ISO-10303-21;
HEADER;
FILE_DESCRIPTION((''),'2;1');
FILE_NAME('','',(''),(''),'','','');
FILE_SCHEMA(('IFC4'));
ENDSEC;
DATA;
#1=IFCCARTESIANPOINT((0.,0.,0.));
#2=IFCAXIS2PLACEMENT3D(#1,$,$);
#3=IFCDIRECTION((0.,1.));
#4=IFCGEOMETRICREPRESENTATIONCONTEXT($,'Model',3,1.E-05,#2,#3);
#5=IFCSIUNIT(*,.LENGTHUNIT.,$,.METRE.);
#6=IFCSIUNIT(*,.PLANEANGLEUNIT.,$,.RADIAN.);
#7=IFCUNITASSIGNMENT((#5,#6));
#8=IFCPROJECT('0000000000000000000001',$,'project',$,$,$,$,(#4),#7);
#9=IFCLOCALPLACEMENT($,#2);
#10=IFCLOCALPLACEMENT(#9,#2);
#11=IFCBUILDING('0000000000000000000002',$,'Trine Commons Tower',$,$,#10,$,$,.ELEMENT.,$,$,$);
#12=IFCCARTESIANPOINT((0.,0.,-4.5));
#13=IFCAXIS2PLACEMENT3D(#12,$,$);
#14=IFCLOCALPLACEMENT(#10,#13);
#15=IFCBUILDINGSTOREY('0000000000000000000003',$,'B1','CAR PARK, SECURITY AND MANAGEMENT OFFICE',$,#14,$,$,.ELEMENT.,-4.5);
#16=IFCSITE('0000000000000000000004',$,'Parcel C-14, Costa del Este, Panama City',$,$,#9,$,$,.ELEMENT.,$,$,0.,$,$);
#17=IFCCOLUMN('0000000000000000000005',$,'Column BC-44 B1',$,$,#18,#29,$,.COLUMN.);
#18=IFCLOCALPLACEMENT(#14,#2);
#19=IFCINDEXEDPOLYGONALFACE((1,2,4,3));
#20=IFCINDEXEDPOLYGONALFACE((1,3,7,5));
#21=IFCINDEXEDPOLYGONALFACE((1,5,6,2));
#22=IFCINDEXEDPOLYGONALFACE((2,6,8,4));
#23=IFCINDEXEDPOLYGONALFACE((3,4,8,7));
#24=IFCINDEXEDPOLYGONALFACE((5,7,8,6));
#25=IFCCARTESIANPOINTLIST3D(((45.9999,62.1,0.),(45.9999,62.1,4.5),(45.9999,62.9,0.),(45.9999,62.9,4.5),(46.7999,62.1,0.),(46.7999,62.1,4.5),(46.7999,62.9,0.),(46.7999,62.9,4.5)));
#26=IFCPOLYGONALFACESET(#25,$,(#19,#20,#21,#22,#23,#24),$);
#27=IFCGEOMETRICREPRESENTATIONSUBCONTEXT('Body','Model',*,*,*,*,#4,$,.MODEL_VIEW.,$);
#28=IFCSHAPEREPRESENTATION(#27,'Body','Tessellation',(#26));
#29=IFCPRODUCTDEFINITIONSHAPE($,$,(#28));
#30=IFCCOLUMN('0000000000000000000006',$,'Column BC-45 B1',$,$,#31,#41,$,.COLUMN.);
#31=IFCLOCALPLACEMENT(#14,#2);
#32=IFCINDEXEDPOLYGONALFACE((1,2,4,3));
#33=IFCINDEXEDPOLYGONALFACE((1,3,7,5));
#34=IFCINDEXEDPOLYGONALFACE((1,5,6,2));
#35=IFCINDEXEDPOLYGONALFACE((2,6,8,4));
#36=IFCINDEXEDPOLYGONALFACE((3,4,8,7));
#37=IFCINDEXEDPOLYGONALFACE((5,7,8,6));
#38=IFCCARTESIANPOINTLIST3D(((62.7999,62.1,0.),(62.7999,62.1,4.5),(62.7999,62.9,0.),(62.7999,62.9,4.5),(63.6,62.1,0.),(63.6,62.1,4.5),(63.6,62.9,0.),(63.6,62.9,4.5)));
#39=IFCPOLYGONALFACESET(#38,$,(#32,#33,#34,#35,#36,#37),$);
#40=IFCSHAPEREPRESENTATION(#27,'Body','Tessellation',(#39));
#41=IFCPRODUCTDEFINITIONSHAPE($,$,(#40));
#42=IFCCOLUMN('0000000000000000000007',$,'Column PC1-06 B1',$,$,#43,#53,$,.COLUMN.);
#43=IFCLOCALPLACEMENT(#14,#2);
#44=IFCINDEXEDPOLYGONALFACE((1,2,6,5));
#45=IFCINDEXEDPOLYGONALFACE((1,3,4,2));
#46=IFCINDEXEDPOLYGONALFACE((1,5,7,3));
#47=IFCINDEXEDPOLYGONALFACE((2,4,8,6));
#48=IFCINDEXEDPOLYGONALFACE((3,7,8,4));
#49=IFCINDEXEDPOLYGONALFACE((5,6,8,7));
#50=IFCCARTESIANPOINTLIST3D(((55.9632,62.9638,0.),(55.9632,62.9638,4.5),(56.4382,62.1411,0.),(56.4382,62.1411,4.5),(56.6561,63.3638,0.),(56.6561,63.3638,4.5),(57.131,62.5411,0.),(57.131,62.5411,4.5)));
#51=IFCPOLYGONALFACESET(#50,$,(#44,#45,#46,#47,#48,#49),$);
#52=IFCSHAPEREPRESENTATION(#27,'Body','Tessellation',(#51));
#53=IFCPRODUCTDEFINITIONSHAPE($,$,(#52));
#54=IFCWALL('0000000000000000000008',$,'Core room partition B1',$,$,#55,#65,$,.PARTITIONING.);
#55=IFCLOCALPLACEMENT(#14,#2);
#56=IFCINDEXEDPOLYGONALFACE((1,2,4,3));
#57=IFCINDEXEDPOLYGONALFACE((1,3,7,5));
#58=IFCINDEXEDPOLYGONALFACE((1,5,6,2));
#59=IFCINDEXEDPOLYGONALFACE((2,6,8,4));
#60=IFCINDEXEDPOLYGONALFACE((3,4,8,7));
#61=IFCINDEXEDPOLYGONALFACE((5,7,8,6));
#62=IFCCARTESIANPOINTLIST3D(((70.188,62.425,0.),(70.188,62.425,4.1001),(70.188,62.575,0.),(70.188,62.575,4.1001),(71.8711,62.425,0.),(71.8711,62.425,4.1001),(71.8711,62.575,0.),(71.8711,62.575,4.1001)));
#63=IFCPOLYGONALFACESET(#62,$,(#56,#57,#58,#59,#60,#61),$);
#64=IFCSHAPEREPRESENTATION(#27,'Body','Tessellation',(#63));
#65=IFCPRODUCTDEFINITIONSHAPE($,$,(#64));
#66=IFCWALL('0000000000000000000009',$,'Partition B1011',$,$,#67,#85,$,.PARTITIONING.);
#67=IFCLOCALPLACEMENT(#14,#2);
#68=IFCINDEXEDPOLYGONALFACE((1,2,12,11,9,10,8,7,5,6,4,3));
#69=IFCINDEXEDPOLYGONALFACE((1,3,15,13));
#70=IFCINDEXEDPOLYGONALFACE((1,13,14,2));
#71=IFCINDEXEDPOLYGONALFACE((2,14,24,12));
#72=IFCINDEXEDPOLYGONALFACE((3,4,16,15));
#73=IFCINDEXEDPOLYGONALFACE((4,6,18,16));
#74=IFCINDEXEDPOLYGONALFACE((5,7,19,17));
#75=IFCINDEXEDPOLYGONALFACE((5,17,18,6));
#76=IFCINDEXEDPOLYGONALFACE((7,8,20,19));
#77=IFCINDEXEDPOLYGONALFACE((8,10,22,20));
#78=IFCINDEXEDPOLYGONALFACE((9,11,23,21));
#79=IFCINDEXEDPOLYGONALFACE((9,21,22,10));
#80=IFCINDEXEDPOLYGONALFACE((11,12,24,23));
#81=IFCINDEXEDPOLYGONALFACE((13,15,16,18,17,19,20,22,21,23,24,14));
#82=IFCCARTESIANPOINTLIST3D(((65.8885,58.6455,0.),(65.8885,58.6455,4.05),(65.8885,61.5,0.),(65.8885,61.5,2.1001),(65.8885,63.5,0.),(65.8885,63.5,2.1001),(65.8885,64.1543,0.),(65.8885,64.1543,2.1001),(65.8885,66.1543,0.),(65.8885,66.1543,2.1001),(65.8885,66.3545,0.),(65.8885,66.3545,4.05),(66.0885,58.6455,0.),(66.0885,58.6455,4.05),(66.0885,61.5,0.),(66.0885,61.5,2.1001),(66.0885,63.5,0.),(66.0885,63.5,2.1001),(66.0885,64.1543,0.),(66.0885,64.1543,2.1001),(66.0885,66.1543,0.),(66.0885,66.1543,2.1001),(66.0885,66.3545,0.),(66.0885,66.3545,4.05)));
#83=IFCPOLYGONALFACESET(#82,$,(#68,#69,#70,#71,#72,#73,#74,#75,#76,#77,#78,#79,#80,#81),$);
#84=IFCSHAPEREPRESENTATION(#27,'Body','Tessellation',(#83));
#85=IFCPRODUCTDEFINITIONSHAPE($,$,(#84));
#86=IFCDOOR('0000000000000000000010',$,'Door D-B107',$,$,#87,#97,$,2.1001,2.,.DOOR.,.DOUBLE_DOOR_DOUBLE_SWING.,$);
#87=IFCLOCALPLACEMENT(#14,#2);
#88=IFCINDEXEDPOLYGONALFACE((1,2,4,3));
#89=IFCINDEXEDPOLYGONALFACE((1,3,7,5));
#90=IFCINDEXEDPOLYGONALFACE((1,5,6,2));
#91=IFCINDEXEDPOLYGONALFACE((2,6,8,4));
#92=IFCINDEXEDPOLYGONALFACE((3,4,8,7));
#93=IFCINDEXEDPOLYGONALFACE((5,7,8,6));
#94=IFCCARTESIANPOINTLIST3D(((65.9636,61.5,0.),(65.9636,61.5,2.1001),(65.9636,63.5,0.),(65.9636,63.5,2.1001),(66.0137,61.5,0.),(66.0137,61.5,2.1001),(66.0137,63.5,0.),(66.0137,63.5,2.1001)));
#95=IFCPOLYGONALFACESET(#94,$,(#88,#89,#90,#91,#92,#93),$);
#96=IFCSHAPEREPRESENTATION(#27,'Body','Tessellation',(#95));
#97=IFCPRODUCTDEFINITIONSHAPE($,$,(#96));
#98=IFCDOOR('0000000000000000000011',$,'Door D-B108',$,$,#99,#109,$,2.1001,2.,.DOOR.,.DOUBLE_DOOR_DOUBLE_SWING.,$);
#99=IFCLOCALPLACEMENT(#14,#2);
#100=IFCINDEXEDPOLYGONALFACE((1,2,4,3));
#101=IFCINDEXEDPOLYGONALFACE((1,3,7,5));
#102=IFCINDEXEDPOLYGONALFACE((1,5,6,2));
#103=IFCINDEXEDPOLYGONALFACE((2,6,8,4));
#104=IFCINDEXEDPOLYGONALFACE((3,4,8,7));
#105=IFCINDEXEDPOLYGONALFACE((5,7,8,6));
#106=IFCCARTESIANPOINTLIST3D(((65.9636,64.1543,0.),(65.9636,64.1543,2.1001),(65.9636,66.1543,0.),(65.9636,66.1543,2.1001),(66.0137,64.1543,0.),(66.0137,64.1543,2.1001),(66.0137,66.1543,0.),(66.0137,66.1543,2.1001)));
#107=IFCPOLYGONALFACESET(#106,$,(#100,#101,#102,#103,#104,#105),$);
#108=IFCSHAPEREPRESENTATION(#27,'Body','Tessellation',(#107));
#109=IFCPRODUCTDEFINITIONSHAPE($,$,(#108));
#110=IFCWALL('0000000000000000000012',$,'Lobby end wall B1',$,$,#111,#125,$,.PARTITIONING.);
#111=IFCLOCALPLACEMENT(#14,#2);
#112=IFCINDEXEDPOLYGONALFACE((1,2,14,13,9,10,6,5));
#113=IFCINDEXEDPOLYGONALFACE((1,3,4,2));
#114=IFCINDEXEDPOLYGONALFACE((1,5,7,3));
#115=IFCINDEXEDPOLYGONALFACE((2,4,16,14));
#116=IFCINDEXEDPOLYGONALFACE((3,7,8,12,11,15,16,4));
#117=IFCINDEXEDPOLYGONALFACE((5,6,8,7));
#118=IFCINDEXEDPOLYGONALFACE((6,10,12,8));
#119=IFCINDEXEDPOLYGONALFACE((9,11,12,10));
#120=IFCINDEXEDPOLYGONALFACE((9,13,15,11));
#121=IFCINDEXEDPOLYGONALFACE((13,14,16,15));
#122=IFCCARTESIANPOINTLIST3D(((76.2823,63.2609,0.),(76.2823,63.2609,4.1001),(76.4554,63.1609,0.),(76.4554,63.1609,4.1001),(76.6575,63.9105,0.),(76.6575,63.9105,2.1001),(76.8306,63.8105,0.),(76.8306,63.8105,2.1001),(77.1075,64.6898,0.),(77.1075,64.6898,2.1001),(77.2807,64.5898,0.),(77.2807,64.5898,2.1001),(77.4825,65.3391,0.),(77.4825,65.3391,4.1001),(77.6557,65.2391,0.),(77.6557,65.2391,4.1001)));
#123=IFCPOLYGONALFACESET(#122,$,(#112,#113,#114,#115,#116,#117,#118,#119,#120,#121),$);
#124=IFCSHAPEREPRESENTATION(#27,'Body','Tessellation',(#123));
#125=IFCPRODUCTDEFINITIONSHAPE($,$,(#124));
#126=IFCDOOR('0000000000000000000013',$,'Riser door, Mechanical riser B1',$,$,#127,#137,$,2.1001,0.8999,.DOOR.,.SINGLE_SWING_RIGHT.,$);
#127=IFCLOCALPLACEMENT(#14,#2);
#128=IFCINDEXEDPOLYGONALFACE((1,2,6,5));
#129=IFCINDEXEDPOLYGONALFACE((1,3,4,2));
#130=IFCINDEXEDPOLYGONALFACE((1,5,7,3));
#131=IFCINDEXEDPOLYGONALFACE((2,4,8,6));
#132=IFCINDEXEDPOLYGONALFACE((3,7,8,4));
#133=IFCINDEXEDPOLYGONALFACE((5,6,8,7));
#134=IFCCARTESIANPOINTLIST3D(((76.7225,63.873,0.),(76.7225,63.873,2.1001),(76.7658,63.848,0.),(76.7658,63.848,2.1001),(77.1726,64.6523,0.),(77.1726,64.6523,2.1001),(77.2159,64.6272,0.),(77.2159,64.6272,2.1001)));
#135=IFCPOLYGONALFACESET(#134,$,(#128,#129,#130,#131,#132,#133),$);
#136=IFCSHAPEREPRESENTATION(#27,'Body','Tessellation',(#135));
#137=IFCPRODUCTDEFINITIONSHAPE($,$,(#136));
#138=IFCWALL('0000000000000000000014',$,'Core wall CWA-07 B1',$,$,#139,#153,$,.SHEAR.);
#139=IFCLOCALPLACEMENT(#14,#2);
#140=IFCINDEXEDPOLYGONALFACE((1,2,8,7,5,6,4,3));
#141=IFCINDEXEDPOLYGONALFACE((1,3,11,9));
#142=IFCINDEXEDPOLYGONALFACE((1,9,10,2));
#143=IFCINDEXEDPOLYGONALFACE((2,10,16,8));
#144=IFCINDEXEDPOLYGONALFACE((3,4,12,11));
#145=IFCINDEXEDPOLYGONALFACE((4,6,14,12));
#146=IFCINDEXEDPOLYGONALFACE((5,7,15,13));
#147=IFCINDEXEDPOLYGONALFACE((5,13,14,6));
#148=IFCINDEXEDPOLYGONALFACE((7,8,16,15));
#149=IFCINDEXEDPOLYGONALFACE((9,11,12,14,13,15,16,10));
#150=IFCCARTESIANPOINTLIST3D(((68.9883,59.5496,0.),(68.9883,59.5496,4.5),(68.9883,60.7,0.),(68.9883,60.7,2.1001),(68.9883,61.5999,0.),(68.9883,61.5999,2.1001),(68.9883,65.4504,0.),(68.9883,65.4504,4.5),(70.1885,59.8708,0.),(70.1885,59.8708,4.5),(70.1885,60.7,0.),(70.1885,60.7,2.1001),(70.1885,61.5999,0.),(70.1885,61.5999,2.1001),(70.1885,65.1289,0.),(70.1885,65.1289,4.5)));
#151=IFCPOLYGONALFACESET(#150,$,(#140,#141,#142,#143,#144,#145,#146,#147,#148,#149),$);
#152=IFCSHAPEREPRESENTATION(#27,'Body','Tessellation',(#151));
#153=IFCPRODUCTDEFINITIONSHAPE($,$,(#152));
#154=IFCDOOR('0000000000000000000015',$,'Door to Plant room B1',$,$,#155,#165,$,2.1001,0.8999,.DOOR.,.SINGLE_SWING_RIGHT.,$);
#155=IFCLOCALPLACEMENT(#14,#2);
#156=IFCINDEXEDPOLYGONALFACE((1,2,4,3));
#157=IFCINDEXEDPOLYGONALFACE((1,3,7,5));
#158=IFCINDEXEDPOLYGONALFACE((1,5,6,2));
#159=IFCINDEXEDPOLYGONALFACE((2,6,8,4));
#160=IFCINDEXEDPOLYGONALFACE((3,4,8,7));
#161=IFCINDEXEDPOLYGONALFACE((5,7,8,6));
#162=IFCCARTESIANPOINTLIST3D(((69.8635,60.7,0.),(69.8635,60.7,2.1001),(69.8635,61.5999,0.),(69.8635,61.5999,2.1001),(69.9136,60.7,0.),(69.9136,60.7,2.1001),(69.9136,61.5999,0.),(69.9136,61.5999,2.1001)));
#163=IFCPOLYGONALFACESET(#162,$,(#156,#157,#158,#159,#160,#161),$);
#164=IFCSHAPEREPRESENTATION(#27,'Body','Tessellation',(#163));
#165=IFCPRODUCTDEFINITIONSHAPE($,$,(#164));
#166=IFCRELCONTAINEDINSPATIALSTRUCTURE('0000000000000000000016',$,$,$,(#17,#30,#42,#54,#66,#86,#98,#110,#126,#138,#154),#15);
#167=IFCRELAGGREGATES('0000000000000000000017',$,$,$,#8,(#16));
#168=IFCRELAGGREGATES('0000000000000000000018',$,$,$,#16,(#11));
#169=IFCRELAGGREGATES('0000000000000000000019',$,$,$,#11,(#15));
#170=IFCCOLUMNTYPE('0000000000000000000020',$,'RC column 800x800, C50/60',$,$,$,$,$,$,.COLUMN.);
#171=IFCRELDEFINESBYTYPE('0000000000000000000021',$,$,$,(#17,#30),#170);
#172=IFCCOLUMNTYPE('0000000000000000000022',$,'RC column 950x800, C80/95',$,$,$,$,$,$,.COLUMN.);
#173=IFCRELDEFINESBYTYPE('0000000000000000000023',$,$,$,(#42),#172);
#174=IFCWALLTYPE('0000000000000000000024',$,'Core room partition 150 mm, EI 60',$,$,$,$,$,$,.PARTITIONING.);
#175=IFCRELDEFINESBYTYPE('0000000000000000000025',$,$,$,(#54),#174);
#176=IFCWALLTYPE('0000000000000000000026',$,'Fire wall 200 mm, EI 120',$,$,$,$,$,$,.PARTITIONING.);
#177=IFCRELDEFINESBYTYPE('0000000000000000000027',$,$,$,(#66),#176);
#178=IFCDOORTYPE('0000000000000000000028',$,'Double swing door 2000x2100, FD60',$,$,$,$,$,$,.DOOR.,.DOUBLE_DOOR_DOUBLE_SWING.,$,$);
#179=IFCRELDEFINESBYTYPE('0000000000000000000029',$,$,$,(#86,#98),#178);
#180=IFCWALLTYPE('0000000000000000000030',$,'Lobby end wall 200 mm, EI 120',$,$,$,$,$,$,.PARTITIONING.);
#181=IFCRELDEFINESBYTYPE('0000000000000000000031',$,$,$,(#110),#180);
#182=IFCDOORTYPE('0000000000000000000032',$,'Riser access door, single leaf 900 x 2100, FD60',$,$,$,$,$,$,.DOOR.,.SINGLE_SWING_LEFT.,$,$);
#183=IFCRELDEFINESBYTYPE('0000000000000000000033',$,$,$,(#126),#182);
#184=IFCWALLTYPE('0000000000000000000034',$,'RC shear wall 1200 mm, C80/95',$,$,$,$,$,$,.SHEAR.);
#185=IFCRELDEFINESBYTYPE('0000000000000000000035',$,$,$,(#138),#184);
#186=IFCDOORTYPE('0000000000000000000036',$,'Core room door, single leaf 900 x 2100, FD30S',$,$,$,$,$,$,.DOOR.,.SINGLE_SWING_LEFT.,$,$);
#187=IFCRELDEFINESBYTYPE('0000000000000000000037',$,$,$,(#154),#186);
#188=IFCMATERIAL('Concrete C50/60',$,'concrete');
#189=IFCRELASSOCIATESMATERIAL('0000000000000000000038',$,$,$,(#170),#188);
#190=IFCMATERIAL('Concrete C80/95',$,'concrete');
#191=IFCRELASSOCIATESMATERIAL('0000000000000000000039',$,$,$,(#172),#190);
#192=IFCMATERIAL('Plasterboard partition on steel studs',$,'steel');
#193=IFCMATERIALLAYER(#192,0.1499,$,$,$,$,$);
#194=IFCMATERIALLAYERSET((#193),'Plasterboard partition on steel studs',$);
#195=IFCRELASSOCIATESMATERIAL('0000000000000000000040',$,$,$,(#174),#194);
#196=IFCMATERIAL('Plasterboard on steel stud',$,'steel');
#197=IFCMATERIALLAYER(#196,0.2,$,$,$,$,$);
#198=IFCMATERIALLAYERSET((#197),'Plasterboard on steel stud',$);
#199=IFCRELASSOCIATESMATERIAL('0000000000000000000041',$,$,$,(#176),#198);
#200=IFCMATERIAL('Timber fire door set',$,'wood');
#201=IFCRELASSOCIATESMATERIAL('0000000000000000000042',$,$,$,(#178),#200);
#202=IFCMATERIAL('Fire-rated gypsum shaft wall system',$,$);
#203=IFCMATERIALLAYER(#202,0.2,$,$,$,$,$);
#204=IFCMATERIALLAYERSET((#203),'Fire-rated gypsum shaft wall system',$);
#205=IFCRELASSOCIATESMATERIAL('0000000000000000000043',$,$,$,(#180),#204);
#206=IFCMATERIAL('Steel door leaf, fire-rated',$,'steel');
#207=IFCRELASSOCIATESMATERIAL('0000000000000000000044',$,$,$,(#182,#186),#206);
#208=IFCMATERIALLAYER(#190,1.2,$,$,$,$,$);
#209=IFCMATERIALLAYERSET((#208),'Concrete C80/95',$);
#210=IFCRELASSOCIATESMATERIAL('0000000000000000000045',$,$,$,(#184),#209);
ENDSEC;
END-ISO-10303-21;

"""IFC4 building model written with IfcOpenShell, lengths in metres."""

from ifc_helpers import new_model, si_unit, direction, frame, frame_2d, origin, origin_2d, place, context, subcontext, project, spatial, polyline, rectangle, outline, extrude, material, layer, layer_set, material_profile, profile_set, type_object, element, fill, save


model = new_model("IFC4")

# Units and contexts
model_context = context("Model", 3, precision=1e-05, world=origin(), true_north=direction((0.0, 1.0)))
body_context = subcontext(model_context, "Body", "Model", "MODEL_VIEW")
ifc_project = project(units=[si_unit("LENGTHUNIT", "METRE"), si_unit("PLANEANGLEUNIT", "RADIAN")], contexts=[model_context])

# Site, building, storey
site_placement = place(None, origin())
site = spatial("IfcSite", under=ifc_project, at=site_placement, Name="Parcel C-14, Costa del Este, Panama City", CompositionType="ELEMENT", RefElevation=0.0)
building_placement = place(site_placement, origin())
building = spatial("IfcBuilding", under=site, at=building_placement, Name="Trine Commons Tower", CompositionType="ELEMENT")
storey_placement = place(building_placement, frame((0.0, 0.0, -4.5)))
storey = spatial("IfcBuildingStorey", under=building, at=storey_placement, Name="B1", Description="CAR PARK, SECURITY AND MANAGEMENT OFFICE", CompositionType="ELEMENT", Elevation=-4.5)

# Columns
ifc_material_1 = material(Name="Concrete C50/60", Category="concrete")
ifc_material_profile_1 = material_profile(ifc_material_1, rectangle(XDim=0.8, YDim=0.8, at=origin_2d()), Name="RC 800x800")
ifc_profile_set_1 = profile_set([ifc_material_profile_1], Name="Concrete C50/60")
column_type_1 = type_object("IfcColumnType", Name="RC column 800x800, C50/60", PredefinedType="COLUMN", material=ifc_profile_set_1)
for number, where, z_axis, x_axis, name in (
    (1, (46.3999, 62.5, 0.0), (0.0, 0.0, 1.0), (1.0, 0.0, 0.0), "Column BC-44 B1"),
    (2, (63.2, 62.5, 0.0), (0.0, 0.0, 1.0), (1.0, 0.0, 0.0), "Column BC-45 B1"),
):
    element("IfcColumn", number, at=place(storey_placement, frame(where, z_axis=z_axis, x_axis=x_axis)), inside=storey, type_object=column_type_1, Name=name, PredefinedType="COLUMN", context=body_context, shape_type="SweptSolid", body=[
        extrude(rectangle(XDim=0.8, YDim=0.8, at=origin_2d()), origin(), (0.0, 0.0, 1.0), 4.5),
    ])
ifc_material_2 = material(Name="Concrete C80/95", Category="concrete")
ifc_material_profile_2 = material_profile(ifc_material_2, rectangle(XDim=0.95, YDim=0.8, at=origin_2d()), Name="RC 950x800")
ifc_profile_set_2 = profile_set([ifc_material_profile_2], Name="Concrete C80/95")
column_type_2 = type_object("IfcColumnType", Name="RC column 950x800, C80/95", PredefinedType="COLUMN", material=ifc_profile_set_2)
column_placement = place(storey_placement, frame((56.5471, 62.7524, 0.0), z_axis=(0.0, 0.0, 1.0), x_axis=(-0.5, 0.866025, 0.0)))
element("IfcColumn", 3, at=column_placement, inside=storey, type_object=column_type_2, Name="Column PC1-06 B1", PredefinedType="COLUMN", context=body_context, shape_type="SweptSolid", body=[
    extrude(rectangle(XDim=0.95, YDim=0.8, at=origin_2d()), origin(), (0.0, 0.0, 1.0), 4.5),
])

# Wall
ifc_material_3 = material(Name="Plasterboard partition on steel studs", Category="steel")
ifc_layer_1 = layer(ifc_material_3, 0.1499)
ifc_layer_set_1 = layer_set([ifc_layer_1], Name="Plasterboard partition on steel studs")
wall_type_1 = type_object("IfcWallType", Name="Core room partition 150 mm, EI 60", PredefinedType="PARTITIONING", material=ifc_layer_set_1)
wall_1_placement = place(storey_placement, frame((70.188, 62.5, 0.0), z_axis=(0.0, 0.0, 1.0), x_axis=(1.0, 0.0, 0.0)))
element("IfcWall", 4, at=wall_1_placement, inside=storey, type_object=wall_type_1, Name="Core room partition B1", PredefinedType="PARTITIONING", context=body_context, shape_type="SweptSolid", body=[
    extrude(rectangle(XDim=1.6831, YDim=0.1499, at=frame_2d((0.8416, 0.0))), origin(), (0.0, 0.0, 1.0), 4.1001),
])

# Wall, openings, doors
ifc_material_4 = material(Name="Plasterboard on steel stud", Category="steel")
ifc_layer_2 = layer(ifc_material_4, 0.2)
ifc_layer_set_2 = layer_set([ifc_layer_2], Name="Plasterboard on steel stud")
wall_type_2 = type_object("IfcWallType", Name="Fire wall 200 mm, EI 120", PredefinedType="PARTITIONING", material=ifc_layer_set_2)
wall_2_placement = place(storey_placement, frame((65.9885, 58.6455, 0.0), z_axis=(0.0, 0.0, 1.0), x_axis=(0.0, 1.0, 0.0)))
wall_2 = element("IfcWall", 5, at=wall_2_placement, inside=storey, type_object=wall_type_2, Name="Partition B1011", PredefinedType="PARTITIONING", context=body_context, shape_type="SweptSolid", body=[
    extrude(rectangle(XDim=7.709, YDim=0.2, at=frame_2d((3.8545, 0.0))), origin(), (0.0, 0.0, 1.0), 4.05),
])
opening_1_placement = place(wall_2_placement, frame((2.8545, 0.0, 0.0)))
opening_1 = element("IfcOpeningElement", 6, at=opening_1_placement, cuts=wall_2, PredefinedType="OPENING", context=body_context, shape_type="SweptSolid", body=[
    extrude(rectangle(XDim=2.0, YDim=2.1001, at=frame_2d((1.0, 1.05))), frame((0.0, 0.1099, 0.0), z_axis=(0.0, -1.0, 0.0), x_axis=(1.0, 0.0, 0.0)), (0.0, 0.0, 1.0), 0.22),
])
opening_2_placement = place(wall_2_placement, frame((5.5088, 0.0, 0.0)))
opening_2 = element("IfcOpeningElement", 7, at=opening_2_placement, cuts=wall_2, PredefinedType="OPENING", context=body_context, shape_type="SweptSolid", body=[
    extrude(rectangle(XDim=2.0, YDim=2.1001, at=frame_2d((1.0, 1.05))), frame((0.0, 0.1099, 0.0), z_axis=(0.0, -1.0, 0.0), x_axis=(1.0, 0.0, 0.0)), (0.0, 0.0, 1.0), 0.22),
])
ifc_material_5 = material(Name="Timber fire door set", Category="wood")
door_type_1 = type_object("IfcDoorType", Name="Double swing door 2000x2100, FD60", OperationType="DOUBLE_DOOR_DOUBLE_SWING", PredefinedType="DOOR", material=ifc_material_5)
door_1_placement = place(opening_1_placement, origin())
door_1 = element("IfcDoor", 8, at=door_1_placement, inside=storey, type_object=door_type_1, Name="Door D-B107", OperationType="DOUBLE_DOOR_DOUBLE_SWING", OverallHeight=2.1001, OverallWidth=2.0, PredefinedType="DOOR", context=body_context, shape_type="SweptSolid", body=[
    extrude(rectangle(XDim=2.0, YDim=2.1001, at=frame_2d((1.0, 1.05))), frame((0.0, 0.0249, 0.0), z_axis=(0.0, -1.0, 0.0), x_axis=(1.0, 0.0, 0.0)), (0.0, 0.0, 1.0), 0.05),
])
fill(opening_1, door_1)
door_2_placement = place(opening_2_placement, origin())
door_2 = element("IfcDoor", 9, at=door_2_placement, inside=storey, type_object=door_type_1, Name="Door D-B108", OperationType="DOUBLE_DOOR_DOUBLE_SWING", OverallHeight=2.1001, OverallWidth=2.0, PredefinedType="DOOR", context=body_context, shape_type="SweptSolid", body=[
    extrude(rectangle(XDim=2.0, YDim=2.1001, at=frame_2d((1.0, 1.05))), frame((0.0, 0.0249, 0.0), z_axis=(0.0, -1.0, 0.0), x_axis=(1.0, 0.0, 0.0)), (0.0, 0.0, 1.0), 0.05),
])
fill(opening_2, door_2)

# Walls, openings, doors
ifc_material_6 = material(Name="Fire-rated gypsum shaft wall system")
ifc_layer_3 = layer(ifc_material_6, 0.2)
ifc_layer_set_3 = layer_set([ifc_layer_3], Name="Fire-rated gypsum shaft wall system")
wall_type_3 = type_object("IfcWallType", Name="Lobby end wall 200 mm, EI 120", PredefinedType="PARTITIONING", material=ifc_layer_set_3)
wall_3_placement = place(storey_placement, frame((77.5691, 65.2891, 0.0), z_axis=(0.0, 0.0, 1.0), x_axis=(-0.500122, -0.865955, 0.0)))
wall_3 = element("IfcWall", 10, at=wall_3_placement, inside=storey, type_object=wall_type_3, Name="Lobby end wall B1", PredefinedType="PARTITIONING", context=body_context, shape_type="SweptSolid", body=[
    extrude(rectangle(XDim=2.3999, YDim=0.2, at=frame_2d((1.2, 0.0))), origin(), (0.0, 0.0, 1.0), 4.1001),
])
opening_3_placement = place(wall_3_placement, frame((0.7498, 0.0, 0.0)))
opening_3 = element("IfcOpeningElement", 11, at=opening_3_placement, cuts=wall_3, PredefinedType="OPENING", context=body_context, shape_type="SweptSolid", body=[
    extrude(rectangle(XDim=0.8999, YDim=2.1001, at=frame_2d((0.45, 1.05))), frame((0.0, 0.1099, 0.0), z_axis=(0.0, -1.0, 0.0), x_axis=(1.0, 0.0, 0.0)), (0.0, 0.0, 1.0), 0.22),
])
ifc_material_7 = material(Name="Steel door leaf, fire-rated", Category="steel")
door_type_2 = type_object("IfcDoorType", Name="Riser access door, single leaf 900 x 2100, FD60", OperationType="SINGLE_SWING_LEFT", PredefinedType="DOOR", material=ifc_material_7)
door_3_placement = place(opening_3_placement, frame((0.8999, 0.0, 0.0), z_axis=(0.0, 0.0, 1.0), x_axis=(-1.0, 0.0, 0.0)))
door_3 = element("IfcDoor", 12, at=door_3_placement, inside=storey, type_object=door_type_2, Name="Riser door, Mechanical riser B1", OperationType="SINGLE_SWING_RIGHT", OverallHeight=2.1001, OverallWidth=0.8999, PredefinedType="DOOR", context=body_context, shape_type="SweptSolid", body=[
    extrude(rectangle(XDim=0.8999, YDim=2.1001, at=frame_2d((0.45, 1.05))), frame((0.0, 0.0249, 0.0), z_axis=(0.0, -1.0, 0.0), x_axis=(1.0, 0.0, 0.0)), (0.0, 0.0, 1.0), 0.05),
])
fill(opening_3, door_3)
ifc_layer_4 = layer(ifc_material_2, 1.2)
ifc_layer_set_4 = layer_set([ifc_layer_4], Name="Concrete C80/95")
wall_type_4 = type_object("IfcWallType", Name="RC shear wall 1200 mm, C80/95", PredefinedType="SHEAR", material=ifc_layer_set_4)
wall_4_placement = place(storey_placement, frame((69.5884, 65.4504, 0.0), z_axis=(0.0, 0.0, 1.0), x_axis=(0.0, -1.0, 0.0)))
wall_4 = element("IfcWall", 13, at=wall_4_placement, inside=storey, type_object=wall_type_4, Name="Core wall CWA-07 B1", PredefinedType="SHEAR", context=body_context, shape_type="SweptSolid", body=[
    extrude(outline(polyline([(0.0, -0.6001), (5.9009, -0.6001), (5.5796, 0.6001), (0.3215, 0.6001), (0.0, -0.6001)])), origin(), (0.0, 0.0, 1.0), 4.5),
])
opening_4_placement = place(wall_4_placement, frame((3.8506, 0.0, 0.0)))
opening_4 = element("IfcOpeningElement", 14, at=opening_4_placement, cuts=wall_4, PredefinedType="OPENING", context=body_context, shape_type="SweptSolid", body=[
    extrude(rectangle(XDim=0.8999, YDim=2.1001, at=frame_2d((0.45, 1.05))), frame((0.0, 0.6099, 0.0), z_axis=(0.0, -1.0, 0.0), x_axis=(1.0, 0.0, 0.0)), (0.0, 0.0, 1.0), 1.22),
])
door_type_3 = type_object("IfcDoorType", Name="Core room door, single leaf 900 x 2100, FD30S", OperationType="SINGLE_SWING_LEFT", PredefinedType="DOOR", material=ifc_material_7)
door_4_placement = place(opening_4_placement, origin())
door_4 = element("IfcDoor", 15, at=door_4_placement, inside=storey, type_object=door_type_3, Name="Door to Plant room B1", OperationType="SINGLE_SWING_RIGHT", OverallHeight=2.1001, OverallWidth=0.8999, PredefinedType="DOOR", context=body_context, shape_type="SweptSolid", body=[
    extrude(rectangle(XDim=0.8999, YDim=2.1001, at=frame_2d((0.45, 1.05))), frame((0.0, 0.3252, 0.0), z_axis=(0.0, -1.0, 0.0), x_axis=(1.0, 0.0, 0.0)), (0.0, 0.0, 1.0), 0.05),
])
fill(opening_4, door_4)

save(model, "model.ifc")
